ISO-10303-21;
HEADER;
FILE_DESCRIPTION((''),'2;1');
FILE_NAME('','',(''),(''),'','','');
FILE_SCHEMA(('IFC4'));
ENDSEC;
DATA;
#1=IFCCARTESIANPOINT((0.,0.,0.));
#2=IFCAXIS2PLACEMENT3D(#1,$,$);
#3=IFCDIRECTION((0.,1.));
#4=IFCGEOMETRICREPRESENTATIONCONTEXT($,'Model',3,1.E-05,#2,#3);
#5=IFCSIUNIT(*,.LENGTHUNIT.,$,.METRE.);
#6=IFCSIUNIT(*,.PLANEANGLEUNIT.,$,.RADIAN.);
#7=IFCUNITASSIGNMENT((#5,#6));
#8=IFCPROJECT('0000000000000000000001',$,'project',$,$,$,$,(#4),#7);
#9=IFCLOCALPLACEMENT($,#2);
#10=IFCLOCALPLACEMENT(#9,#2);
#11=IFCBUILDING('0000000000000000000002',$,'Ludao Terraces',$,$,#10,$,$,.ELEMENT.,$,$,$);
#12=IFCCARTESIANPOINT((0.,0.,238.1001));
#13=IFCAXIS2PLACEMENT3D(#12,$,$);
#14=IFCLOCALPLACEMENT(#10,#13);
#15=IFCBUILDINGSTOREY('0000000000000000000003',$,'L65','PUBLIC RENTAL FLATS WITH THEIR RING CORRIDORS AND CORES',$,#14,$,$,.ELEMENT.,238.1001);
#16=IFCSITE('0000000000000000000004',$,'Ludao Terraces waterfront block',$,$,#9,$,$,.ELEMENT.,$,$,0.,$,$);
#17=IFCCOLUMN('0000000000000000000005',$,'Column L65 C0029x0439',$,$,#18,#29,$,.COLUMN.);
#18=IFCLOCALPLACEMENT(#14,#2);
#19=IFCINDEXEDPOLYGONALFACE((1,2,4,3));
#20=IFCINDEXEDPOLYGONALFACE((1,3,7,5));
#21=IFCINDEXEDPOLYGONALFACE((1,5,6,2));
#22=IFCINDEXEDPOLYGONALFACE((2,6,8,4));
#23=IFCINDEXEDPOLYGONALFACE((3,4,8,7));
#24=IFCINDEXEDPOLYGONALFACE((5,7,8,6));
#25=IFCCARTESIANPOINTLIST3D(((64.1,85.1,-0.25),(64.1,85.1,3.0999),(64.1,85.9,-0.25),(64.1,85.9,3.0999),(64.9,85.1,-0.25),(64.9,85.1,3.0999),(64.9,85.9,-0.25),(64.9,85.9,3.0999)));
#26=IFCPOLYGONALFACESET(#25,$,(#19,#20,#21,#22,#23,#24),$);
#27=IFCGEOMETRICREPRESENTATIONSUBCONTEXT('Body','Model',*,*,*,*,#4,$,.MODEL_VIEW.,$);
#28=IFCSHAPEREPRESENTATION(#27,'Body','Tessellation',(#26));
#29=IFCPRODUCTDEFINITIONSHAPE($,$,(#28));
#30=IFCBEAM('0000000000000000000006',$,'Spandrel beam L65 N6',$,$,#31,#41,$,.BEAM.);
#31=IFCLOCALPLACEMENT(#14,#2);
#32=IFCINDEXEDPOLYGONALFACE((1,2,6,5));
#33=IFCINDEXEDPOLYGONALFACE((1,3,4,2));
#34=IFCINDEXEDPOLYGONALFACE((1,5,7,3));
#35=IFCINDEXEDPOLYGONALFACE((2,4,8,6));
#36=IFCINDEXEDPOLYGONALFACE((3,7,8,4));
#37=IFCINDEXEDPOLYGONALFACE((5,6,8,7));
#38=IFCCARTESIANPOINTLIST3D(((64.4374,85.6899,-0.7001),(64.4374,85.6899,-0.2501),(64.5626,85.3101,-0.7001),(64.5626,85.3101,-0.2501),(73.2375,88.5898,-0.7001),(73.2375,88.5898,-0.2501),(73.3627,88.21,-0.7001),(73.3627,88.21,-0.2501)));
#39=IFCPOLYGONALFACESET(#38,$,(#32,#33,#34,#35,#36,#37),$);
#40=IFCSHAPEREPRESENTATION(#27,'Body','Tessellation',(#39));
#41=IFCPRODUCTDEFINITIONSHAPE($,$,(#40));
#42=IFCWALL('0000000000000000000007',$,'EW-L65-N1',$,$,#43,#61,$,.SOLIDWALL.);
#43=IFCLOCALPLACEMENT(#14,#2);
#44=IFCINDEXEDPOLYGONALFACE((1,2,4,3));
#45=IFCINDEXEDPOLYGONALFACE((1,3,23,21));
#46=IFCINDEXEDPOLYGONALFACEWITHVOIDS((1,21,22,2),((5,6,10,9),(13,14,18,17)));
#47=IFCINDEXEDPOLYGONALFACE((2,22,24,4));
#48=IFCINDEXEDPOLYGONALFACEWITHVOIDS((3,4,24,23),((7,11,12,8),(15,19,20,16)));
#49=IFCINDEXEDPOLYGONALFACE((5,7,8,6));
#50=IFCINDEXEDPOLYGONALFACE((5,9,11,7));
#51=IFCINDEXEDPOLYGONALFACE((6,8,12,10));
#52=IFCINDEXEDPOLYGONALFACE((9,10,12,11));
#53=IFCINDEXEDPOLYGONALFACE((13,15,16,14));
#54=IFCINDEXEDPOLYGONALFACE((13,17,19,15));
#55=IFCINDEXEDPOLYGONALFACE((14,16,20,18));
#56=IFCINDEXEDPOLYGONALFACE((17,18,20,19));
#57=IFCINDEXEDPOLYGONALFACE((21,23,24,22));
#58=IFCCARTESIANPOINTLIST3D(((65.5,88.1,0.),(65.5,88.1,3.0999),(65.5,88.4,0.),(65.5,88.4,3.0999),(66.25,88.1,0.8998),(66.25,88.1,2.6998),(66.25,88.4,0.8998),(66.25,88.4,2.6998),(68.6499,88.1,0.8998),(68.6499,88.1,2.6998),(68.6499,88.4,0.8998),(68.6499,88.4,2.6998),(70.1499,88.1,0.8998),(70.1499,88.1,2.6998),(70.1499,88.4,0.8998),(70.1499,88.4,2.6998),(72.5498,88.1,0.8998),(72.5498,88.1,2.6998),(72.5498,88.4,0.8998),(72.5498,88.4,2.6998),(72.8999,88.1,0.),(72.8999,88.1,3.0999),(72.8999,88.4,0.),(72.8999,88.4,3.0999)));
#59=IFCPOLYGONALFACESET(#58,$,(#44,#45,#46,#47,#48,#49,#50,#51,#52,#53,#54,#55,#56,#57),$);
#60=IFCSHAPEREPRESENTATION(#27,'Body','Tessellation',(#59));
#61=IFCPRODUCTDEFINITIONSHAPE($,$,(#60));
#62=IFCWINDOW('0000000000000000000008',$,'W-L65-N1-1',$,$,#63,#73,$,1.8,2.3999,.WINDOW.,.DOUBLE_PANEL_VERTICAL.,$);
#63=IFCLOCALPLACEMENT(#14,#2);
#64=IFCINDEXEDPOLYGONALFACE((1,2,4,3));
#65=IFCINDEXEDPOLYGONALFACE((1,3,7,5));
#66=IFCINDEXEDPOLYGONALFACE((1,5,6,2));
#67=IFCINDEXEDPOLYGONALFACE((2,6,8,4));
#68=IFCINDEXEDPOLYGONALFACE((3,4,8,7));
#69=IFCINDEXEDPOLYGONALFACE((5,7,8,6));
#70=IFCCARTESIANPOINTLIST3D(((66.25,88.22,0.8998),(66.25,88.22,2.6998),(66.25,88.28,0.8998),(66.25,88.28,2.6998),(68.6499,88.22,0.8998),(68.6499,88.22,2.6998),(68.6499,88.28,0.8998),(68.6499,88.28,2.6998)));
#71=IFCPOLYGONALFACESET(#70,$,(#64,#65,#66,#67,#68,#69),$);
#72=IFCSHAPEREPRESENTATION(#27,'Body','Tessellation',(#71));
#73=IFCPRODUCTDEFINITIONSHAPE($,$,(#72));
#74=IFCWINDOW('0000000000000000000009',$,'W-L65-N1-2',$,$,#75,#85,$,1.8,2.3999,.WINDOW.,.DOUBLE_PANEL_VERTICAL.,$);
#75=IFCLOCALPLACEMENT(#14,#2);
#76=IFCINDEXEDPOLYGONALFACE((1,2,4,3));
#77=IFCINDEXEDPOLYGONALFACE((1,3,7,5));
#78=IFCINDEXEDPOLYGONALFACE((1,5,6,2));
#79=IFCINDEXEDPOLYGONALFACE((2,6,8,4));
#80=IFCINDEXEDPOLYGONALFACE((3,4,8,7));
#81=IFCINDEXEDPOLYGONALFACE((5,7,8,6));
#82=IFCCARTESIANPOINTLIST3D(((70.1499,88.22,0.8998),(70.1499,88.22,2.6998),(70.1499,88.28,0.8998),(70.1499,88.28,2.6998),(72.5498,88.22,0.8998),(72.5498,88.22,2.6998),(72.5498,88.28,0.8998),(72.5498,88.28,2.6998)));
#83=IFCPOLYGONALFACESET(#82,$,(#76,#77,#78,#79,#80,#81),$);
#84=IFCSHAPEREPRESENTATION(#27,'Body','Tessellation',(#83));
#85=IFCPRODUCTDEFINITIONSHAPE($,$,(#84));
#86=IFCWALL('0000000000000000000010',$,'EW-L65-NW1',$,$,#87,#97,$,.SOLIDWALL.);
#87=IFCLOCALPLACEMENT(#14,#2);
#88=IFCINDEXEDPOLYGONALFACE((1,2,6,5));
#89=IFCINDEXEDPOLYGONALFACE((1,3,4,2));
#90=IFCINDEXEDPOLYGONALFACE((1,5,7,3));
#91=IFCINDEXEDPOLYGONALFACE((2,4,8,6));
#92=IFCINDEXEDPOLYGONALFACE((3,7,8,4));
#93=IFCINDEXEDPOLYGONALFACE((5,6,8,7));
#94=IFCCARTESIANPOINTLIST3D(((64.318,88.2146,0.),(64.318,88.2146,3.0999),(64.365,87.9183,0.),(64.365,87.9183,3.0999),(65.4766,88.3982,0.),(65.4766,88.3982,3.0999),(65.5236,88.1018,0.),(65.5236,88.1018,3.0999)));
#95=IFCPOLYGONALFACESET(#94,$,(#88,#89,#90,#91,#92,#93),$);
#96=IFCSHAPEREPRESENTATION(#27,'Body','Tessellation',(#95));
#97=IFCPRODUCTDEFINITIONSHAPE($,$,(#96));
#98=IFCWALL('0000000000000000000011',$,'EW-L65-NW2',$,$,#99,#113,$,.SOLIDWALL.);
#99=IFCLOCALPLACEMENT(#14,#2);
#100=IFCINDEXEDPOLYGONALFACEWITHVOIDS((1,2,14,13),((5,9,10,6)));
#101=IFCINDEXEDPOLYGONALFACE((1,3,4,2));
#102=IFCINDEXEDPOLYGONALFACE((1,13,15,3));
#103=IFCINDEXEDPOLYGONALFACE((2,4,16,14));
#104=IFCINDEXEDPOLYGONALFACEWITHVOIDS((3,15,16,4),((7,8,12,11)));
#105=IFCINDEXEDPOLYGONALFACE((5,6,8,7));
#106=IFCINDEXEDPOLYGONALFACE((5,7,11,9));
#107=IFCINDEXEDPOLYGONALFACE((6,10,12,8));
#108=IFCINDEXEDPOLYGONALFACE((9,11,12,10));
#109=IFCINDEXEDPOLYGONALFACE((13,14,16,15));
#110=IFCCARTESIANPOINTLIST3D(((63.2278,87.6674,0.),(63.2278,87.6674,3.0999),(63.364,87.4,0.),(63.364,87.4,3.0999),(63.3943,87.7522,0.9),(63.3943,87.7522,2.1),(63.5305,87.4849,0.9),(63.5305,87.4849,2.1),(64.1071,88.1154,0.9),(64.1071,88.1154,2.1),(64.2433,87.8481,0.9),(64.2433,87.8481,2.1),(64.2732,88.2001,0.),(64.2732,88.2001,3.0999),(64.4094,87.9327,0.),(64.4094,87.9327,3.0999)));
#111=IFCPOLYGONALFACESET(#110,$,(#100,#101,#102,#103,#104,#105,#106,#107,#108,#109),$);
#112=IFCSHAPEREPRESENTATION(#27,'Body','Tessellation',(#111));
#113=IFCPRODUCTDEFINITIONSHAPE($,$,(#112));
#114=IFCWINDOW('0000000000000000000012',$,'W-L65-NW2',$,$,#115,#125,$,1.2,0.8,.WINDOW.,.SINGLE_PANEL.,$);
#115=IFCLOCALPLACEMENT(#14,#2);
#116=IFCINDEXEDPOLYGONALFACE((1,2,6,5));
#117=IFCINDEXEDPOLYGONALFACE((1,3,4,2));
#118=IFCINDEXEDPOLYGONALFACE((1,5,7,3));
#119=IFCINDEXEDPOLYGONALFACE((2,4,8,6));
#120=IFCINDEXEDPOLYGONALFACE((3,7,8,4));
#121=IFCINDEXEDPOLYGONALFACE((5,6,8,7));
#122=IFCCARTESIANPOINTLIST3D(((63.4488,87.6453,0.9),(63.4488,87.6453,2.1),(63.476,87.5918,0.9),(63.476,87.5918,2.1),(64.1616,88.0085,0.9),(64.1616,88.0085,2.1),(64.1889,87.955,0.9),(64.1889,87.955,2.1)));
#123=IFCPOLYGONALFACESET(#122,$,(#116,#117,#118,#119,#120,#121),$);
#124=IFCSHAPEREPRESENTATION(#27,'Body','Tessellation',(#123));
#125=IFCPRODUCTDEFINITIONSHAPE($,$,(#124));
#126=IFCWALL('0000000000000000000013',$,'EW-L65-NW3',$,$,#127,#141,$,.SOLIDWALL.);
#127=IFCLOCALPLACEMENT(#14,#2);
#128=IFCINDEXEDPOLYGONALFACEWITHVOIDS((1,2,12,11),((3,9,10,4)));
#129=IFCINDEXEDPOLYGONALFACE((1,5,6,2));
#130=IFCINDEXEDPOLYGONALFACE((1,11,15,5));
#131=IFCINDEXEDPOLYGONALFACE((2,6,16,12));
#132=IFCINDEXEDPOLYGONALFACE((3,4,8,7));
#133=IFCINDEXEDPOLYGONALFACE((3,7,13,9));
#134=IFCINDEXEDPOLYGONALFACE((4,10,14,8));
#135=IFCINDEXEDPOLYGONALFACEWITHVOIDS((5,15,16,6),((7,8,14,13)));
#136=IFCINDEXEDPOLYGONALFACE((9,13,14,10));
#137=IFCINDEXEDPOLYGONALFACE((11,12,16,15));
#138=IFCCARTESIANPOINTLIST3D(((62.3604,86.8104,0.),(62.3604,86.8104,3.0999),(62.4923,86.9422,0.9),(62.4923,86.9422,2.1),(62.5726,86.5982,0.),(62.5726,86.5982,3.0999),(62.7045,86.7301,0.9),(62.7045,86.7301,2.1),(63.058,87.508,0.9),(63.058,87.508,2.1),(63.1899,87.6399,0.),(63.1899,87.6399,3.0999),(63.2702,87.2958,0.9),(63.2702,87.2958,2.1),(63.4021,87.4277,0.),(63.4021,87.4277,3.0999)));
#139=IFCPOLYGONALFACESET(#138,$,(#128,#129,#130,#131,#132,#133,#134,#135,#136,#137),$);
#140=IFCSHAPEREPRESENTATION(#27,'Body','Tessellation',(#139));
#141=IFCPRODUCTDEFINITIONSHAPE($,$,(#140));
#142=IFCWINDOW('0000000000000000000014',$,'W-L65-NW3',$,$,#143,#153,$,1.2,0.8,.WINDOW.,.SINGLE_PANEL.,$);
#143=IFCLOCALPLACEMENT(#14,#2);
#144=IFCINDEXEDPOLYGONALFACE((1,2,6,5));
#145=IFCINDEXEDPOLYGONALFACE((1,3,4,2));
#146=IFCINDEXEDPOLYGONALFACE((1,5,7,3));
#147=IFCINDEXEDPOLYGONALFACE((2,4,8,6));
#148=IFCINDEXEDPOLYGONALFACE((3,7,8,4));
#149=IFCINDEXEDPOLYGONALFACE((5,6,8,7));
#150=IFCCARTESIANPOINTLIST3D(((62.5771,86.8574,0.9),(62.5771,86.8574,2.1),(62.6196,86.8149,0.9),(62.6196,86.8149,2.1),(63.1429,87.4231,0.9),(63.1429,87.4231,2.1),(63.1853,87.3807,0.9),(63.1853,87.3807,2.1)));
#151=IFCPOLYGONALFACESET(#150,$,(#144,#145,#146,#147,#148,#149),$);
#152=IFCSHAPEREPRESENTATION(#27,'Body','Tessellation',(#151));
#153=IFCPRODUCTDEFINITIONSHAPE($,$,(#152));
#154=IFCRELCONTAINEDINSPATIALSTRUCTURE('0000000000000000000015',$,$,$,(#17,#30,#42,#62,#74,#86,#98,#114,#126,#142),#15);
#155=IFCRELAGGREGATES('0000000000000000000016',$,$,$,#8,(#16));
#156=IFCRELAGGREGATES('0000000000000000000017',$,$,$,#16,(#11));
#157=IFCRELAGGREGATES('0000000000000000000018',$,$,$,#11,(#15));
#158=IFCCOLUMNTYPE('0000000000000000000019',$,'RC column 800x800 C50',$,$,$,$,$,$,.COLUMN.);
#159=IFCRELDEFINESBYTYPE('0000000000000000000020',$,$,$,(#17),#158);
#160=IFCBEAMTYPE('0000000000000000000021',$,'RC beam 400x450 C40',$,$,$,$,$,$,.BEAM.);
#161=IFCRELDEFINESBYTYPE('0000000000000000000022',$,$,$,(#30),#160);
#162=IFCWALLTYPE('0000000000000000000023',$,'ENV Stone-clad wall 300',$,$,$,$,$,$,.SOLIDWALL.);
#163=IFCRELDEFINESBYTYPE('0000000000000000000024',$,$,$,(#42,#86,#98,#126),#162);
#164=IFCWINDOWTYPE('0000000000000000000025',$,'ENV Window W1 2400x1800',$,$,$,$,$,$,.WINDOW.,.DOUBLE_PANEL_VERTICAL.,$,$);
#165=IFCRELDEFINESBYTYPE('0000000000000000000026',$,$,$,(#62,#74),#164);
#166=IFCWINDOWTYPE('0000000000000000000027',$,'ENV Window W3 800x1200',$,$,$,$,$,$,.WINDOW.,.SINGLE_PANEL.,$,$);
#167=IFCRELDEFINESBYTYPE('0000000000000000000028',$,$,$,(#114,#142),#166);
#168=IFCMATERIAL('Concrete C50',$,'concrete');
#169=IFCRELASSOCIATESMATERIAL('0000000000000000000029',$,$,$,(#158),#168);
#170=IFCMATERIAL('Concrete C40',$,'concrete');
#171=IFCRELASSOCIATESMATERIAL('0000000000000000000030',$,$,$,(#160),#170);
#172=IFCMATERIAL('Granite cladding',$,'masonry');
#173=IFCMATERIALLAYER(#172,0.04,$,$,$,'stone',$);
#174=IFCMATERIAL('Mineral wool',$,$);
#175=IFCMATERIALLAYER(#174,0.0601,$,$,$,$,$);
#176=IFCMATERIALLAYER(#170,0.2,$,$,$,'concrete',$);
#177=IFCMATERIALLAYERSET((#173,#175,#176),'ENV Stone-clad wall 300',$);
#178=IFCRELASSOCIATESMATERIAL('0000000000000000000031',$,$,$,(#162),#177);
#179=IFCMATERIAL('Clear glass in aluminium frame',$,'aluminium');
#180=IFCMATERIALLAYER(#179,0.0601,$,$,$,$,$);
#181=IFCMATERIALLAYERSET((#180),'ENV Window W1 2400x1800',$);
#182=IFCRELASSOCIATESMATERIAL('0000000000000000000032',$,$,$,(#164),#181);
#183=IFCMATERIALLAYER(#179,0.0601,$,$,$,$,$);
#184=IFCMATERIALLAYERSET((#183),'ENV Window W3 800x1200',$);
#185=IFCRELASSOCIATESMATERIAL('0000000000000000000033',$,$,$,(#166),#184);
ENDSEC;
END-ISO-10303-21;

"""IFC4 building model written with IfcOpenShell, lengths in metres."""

from ifc_helpers import new_model, si_unit, direction, frame, frame_2d, origin, origin_2d, place, context, subcontext, project, spatial, rectangle, extrude, material, layer, layer_set, material_profile, profile_set, type_object, element, fill, save


model = new_model("IFC4")

# Units and contexts
model_context = context("Model", 3, precision=1e-05, world=origin(), true_north=direction((0.0, 1.0)))
body_context = subcontext(model_context, "Body", "Model", "MODEL_VIEW")
ifc_project = project(units=[si_unit("LENGTHUNIT", "METRE"), si_unit("PLANEANGLEUNIT", "RADIAN")], contexts=[model_context])

# Site, building, storey
site_placement = place(None, origin())
site = spatial("IfcSite", under=ifc_project, at=site_placement, Name="Ludao Terraces waterfront block", CompositionType="ELEMENT", RefElevation=0.0)
building_placement = place(site_placement, origin())
building = spatial("IfcBuilding", under=site, at=building_placement, Name="Ludao Terraces", CompositionType="ELEMENT")
storey_placement = place(building_placement, frame((0.0, 0.0, 238.1001)))
storey = spatial("IfcBuildingStorey", under=building, at=storey_placement, Name="L65", Description="PUBLIC RENTAL FLATS WITH THEIR RING CORRIDORS AND CORES", CompositionType="ELEMENT", Elevation=238.1001)

# Column
ifc_material_1 = material(Name="Concrete C50", Category="concrete")
ifc_material_profile_1 = material_profile(ifc_material_1, rectangle(XDim=0.8, YDim=0.8, at=origin_2d()), Name="800 X 800")
ifc_profile_set_1 = profile_set([ifc_material_profile_1], Name="Concrete C50")
column_type = type_object("IfcColumnType", Name="RC column 800x800 C50", PredefinedType="COLUMN", material=ifc_profile_set_1)
column_placement = place(storey_placement, frame((64.5, 85.5, -0.25), z_axis=(0.0, 0.0, 1.0), x_axis=(1.0, 0.0, 0.0)))
element("IfcColumn", 1, at=column_placement, inside=storey, type_object=column_type, Name="Column L65 C0029x0439", PredefinedType="COLUMN", context=body_context, shape_type="SweptSolid", body=[
    extrude(rectangle(XDim=0.8, YDim=0.8, at=origin_2d()), origin(), (0.0, 0.0, 1.0), 3.3499),
])

# Beam
ifc_material_2 = material(Name="Concrete C40", Category="concrete")
ifc_material_profile_2 = material_profile(ifc_material_2, rectangle(XDim=0.3999, YDim=0.45, at=origin_2d()), Name="400 X 450")
ifc_profile_set_2 = profile_set([ifc_material_profile_2], Name="Concrete C40")
beam_type = type_object("IfcBeamType", Name="RC beam 400x450 C40", PredefinedType="BEAM", material=ifc_profile_set_2)
beam_placement = place(storey_placement, frame((64.5, 85.5, -0.4751), z_axis=(0.949761, 0.312977, 0.0), x_axis=(-0.312977, 0.949761, 0.0)))
element("IfcBeam", 2, at=beam_placement, inside=storey, type_object=beam_type, Name="Spandrel beam L65 N6", PredefinedType="BEAM", context=body_context, shape_type="SweptSolid", body=[
    extrude(rectangle(XDim=0.3999, YDim=0.45, at=origin_2d()), origin(), (0.0, 0.0, 1.0), 9.2656),
])

# Wall, openings, windows
ifc_material_3 = material(Name="Granite cladding", Category="masonry")
ifc_layer_1 = layer(ifc_material_3, 0.04, Category="stone")
ifc_material_4 = material(Name="Mineral wool")
ifc_layer_2 = layer(ifc_material_4, 0.0601)
ifc_layer_3 = layer(ifc_material_2, 0.2, Category="concrete")
ifc_layer_set_1 = layer_set([ifc_layer_1, ifc_layer_2, ifc_layer_3], Name="ENV Stone-clad wall 300")
wall_type_1 = type_object("IfcWallType", Name="ENV Stone-clad wall 300", PredefinedType="SOLIDWALL", material=ifc_layer_set_1)
wall_1_placement = place(storey_placement, frame((65.5, 88.25, 0.0), z_axis=(0.0, 0.0, 1.0), x_axis=(1.0, 0.0, 0.0)))
wall_1 = element("IfcWall", 3, at=wall_1_placement, inside=storey, type_object=wall_type_1, Name="EW-L65-N1", PredefinedType="SOLIDWALL", context=body_context, shape_type="SweptSolid", body=[
    extrude(rectangle(XDim=7.3999, YDim=0.3, at=frame_2d((3.7, 0.0))), origin(), (0.0, 0.0, 1.0), 3.0999),
])
opening_1_placement = place(wall_1_placement, frame((0.75, 0.0, 0.8999)))
opening_1 = element("IfcOpeningElement", 4, at=opening_1_placement, cuts=wall_1, PredefinedType="OPENING", context=body_context, shape_type="SweptSolid", body=[
    extrude(rectangle(XDim=2.3999, YDim=1.8, at=frame_2d((1.2, 0.8999))), frame((0.0, 0.1602, 0.0), z_axis=(0.0, -1.0, 0.0), x_axis=(1.0, 0.0, 0.0)), (0.0, 0.0, 1.0), 0.3201),
])
opening_2_placement = place(wall_1_placement, frame((4.6499, 0.0, 0.8999)))
opening_2 = element("IfcOpeningElement", 5, at=opening_2_placement, cuts=wall_1, PredefinedType="OPENING", context=body_context, shape_type="SweptSolid", body=[
    extrude(rectangle(XDim=2.3999, YDim=1.8, at=frame_2d((1.2, 0.8999))), frame((0.0, 0.1602, 0.0), z_axis=(0.0, -1.0, 0.0), x_axis=(1.0, 0.0, 0.0)), (0.0, 0.0, 1.0), 0.3201),
])
ifc_material_5 = material(Name="Clear glass in aluminium frame", Category="aluminium")
ifc_layer_4 = layer(ifc_material_5, 0.0601)
ifc_layer_set_2 = layer_set([ifc_layer_4], Name="ENV Window W1 2400x1800")
window_type_1 = type_object("IfcWindowType", Name="ENV Window W1 2400x1800", PartitioningType="DOUBLE_PANEL_VERTICAL", PredefinedType="WINDOW", material=ifc_layer_set_2)
window_1_placement = place(opening_1_placement, origin())
window_1 = element("IfcWindow", 6, at=window_1_placement, inside=storey, type_object=window_type_1, Name="W-L65-N1-1", OverallHeight=1.8, OverallWidth=2.3999, PartitioningType="DOUBLE_PANEL_VERTICAL", PredefinedType="WINDOW", context=body_context, shape_type="SweptSolid", body=[
    extrude(rectangle(XDim=2.3999, YDim=1.8, at=frame_2d((1.2, 0.8999))), frame((0.0, 0.03, 0.0), z_axis=(0.0, -1.0, 0.0), x_axis=(1.0, 0.0, 0.0)), (0.0, 0.0, 1.0), 0.0601),
])
fill(opening_1, window_1)
window_2_placement = place(opening_2_placement, origin())
window_2 = element("IfcWindow", 7, at=window_2_placement, inside=storey, type_object=window_type_1, Name="W-L65-N1-2", OverallHeight=1.8, OverallWidth=2.3999, PartitioningType="DOUBLE_PANEL_VERTICAL", PredefinedType="WINDOW", context=body_context, shape_type="SweptSolid", body=[
    extrude(rectangle(XDim=2.3999, YDim=1.8, at=frame_2d((1.2, 0.8999))), frame((0.0, 0.03, 0.0), z_axis=(0.0, -1.0, 0.0), x_axis=(1.0, 0.0, 0.0)), (0.0, 0.0, 1.0), 0.0601),
])
fill(opening_2, window_2)

# Wall
wall_2_placement = place(storey_placement, frame((65.5, 88.25, 0.0), z_axis=(0.0, 0.0, 1.0), x_axis=(-0.987678, -0.156497, 0.0)))
element("IfcWall", 8, at=wall_2_placement, inside=storey, type_object=wall_type_1, Name="EW-L65-NW1", PredefinedType="SOLIDWALL", context=body_context, shape_type="SweptSolid", body=[
    extrude(rectangle(XDim=1.1731, YDim=0.3, at=frame_2d((0.5864, 0.0))), origin(), (0.0, 0.0, 1.0), 3.0999),
])

# Walls, openings, windows
wall_3_placement = place(storey_placement, frame((64.3413, 88.0664, 0.0), z_axis=(0.0, 0.0, 1.0), x_axis=(-0.890989, -0.454026, 0.0)))
wall_3 = element("IfcWall", 9, at=wall_3_placement, inside=storey, type_object=wall_type_1, Name="EW-L65-NW2", PredefinedType="SOLIDWALL", context=body_context, shape_type="SweptSolid", body=[
    extrude(rectangle(XDim=1.1733, YDim=0.3, at=frame_2d((0.5867, 0.0))), origin(), (0.0, 0.0, 1.0), 3.0999),
])
opening_3_placement = place(wall_3_placement, frame((0.1865, 0.0, 0.8999)))
opening_3 = element("IfcOpeningElement", 10, at=opening_3_placement, cuts=wall_3, PredefinedType="OPENING", context=body_context, shape_type="SweptSolid", body=[
    extrude(rectangle(XDim=0.8, YDim=1.2, at=frame_2d((0.3999, 0.6001))), frame((0.0, 0.1602, 0.0), z_axis=(0.0, -1.0, 0.0), x_axis=(1.0, 0.0, 0.0)), (0.0, 0.0, 1.0), 0.3201),
])
ifc_layer_5 = layer(ifc_material_5, 0.0601)
ifc_layer_set_3 = layer_set([ifc_layer_5], Name="ENV Window W3 800x1200")
window_type_2 = type_object("IfcWindowType", Name="ENV Window W3 800x1200", PartitioningType="SINGLE_PANEL", PredefinedType="WINDOW", material=ifc_layer_set_3)
window_3_placement = place(opening_3_placement, origin())
window_3 = element("IfcWindow", 11, at=window_3_placement, inside=storey, type_object=window_type_2, Name="W-L65-NW2", OverallHeight=1.2, OverallWidth=0.8, PartitioningType="SINGLE_PANEL", PredefinedType="WINDOW", context=body_context, shape_type="SweptSolid", body=[
    extrude(rectangle(XDim=0.8, YDim=1.2, at=frame_2d((0.3999, 0.6001))), frame((0.0, 0.03, 0.0), z_axis=(0.0, -1.0, 0.0), x_axis=(1.0, 0.0, 0.0)), (0.0, 0.0, 1.0), 0.0601),
])
fill(opening_3, window_3)
wall_4_placement = place(storey_placement, frame((63.2959, 87.5337, 0.0), z_axis=(0.0, 0.0, 1.0), x_axis=(-0.707107, -0.707107, 0.0)))
wall_4 = element("IfcWall", 12, at=wall_4_placement, inside=storey, type_object=wall_type_1, Name="EW-L65-NW3", PredefinedType="SOLIDWALL", context=body_context, shape_type="SweptSolid", body=[
    extrude(rectangle(XDim=1.1731, YDim=0.3, at=frame_2d((0.5864, 0.0))), origin(), (0.0, 0.0, 1.0), 3.0999),
])
opening_4_placement = place(wall_4_placement, frame((0.1865, 0.0, 0.8999)))
opening_4 = element("IfcOpeningElement", 13, at=opening_4_placement, cuts=wall_4, PredefinedType="OPENING", context=body_context, shape_type="SweptSolid", body=[
    extrude(rectangle(XDim=0.8, YDim=1.2, at=frame_2d((0.3999, 0.6001))), frame((0.0, 0.1602, 0.0), z_axis=(0.0, -1.0, 0.0), x_axis=(1.0, 0.0, 0.0)), (0.0, 0.0, 1.0), 0.3201),
])
window_4_placement = place(opening_4_placement, origin())
window_4 = element("IfcWindow", 14, at=window_4_placement, inside=storey, type_object=window_type_2, Name="W-L65-NW3", OverallHeight=1.2, OverallWidth=0.8, PartitioningType="SINGLE_PANEL", PredefinedType="WINDOW", context=body_context, shape_type="SweptSolid", body=[
    extrude(rectangle(XDim=0.8, YDim=1.2, at=frame_2d((0.3999, 0.6001))), frame((0.0, 0.03, 0.0), z_axis=(0.0, -1.0, 0.0), x_axis=(1.0, 0.0, 0.0)), (0.0, 0.0, 1.0), 0.0601),
])
fill(opening_4, window_4)

save(model, "model.ifc")
